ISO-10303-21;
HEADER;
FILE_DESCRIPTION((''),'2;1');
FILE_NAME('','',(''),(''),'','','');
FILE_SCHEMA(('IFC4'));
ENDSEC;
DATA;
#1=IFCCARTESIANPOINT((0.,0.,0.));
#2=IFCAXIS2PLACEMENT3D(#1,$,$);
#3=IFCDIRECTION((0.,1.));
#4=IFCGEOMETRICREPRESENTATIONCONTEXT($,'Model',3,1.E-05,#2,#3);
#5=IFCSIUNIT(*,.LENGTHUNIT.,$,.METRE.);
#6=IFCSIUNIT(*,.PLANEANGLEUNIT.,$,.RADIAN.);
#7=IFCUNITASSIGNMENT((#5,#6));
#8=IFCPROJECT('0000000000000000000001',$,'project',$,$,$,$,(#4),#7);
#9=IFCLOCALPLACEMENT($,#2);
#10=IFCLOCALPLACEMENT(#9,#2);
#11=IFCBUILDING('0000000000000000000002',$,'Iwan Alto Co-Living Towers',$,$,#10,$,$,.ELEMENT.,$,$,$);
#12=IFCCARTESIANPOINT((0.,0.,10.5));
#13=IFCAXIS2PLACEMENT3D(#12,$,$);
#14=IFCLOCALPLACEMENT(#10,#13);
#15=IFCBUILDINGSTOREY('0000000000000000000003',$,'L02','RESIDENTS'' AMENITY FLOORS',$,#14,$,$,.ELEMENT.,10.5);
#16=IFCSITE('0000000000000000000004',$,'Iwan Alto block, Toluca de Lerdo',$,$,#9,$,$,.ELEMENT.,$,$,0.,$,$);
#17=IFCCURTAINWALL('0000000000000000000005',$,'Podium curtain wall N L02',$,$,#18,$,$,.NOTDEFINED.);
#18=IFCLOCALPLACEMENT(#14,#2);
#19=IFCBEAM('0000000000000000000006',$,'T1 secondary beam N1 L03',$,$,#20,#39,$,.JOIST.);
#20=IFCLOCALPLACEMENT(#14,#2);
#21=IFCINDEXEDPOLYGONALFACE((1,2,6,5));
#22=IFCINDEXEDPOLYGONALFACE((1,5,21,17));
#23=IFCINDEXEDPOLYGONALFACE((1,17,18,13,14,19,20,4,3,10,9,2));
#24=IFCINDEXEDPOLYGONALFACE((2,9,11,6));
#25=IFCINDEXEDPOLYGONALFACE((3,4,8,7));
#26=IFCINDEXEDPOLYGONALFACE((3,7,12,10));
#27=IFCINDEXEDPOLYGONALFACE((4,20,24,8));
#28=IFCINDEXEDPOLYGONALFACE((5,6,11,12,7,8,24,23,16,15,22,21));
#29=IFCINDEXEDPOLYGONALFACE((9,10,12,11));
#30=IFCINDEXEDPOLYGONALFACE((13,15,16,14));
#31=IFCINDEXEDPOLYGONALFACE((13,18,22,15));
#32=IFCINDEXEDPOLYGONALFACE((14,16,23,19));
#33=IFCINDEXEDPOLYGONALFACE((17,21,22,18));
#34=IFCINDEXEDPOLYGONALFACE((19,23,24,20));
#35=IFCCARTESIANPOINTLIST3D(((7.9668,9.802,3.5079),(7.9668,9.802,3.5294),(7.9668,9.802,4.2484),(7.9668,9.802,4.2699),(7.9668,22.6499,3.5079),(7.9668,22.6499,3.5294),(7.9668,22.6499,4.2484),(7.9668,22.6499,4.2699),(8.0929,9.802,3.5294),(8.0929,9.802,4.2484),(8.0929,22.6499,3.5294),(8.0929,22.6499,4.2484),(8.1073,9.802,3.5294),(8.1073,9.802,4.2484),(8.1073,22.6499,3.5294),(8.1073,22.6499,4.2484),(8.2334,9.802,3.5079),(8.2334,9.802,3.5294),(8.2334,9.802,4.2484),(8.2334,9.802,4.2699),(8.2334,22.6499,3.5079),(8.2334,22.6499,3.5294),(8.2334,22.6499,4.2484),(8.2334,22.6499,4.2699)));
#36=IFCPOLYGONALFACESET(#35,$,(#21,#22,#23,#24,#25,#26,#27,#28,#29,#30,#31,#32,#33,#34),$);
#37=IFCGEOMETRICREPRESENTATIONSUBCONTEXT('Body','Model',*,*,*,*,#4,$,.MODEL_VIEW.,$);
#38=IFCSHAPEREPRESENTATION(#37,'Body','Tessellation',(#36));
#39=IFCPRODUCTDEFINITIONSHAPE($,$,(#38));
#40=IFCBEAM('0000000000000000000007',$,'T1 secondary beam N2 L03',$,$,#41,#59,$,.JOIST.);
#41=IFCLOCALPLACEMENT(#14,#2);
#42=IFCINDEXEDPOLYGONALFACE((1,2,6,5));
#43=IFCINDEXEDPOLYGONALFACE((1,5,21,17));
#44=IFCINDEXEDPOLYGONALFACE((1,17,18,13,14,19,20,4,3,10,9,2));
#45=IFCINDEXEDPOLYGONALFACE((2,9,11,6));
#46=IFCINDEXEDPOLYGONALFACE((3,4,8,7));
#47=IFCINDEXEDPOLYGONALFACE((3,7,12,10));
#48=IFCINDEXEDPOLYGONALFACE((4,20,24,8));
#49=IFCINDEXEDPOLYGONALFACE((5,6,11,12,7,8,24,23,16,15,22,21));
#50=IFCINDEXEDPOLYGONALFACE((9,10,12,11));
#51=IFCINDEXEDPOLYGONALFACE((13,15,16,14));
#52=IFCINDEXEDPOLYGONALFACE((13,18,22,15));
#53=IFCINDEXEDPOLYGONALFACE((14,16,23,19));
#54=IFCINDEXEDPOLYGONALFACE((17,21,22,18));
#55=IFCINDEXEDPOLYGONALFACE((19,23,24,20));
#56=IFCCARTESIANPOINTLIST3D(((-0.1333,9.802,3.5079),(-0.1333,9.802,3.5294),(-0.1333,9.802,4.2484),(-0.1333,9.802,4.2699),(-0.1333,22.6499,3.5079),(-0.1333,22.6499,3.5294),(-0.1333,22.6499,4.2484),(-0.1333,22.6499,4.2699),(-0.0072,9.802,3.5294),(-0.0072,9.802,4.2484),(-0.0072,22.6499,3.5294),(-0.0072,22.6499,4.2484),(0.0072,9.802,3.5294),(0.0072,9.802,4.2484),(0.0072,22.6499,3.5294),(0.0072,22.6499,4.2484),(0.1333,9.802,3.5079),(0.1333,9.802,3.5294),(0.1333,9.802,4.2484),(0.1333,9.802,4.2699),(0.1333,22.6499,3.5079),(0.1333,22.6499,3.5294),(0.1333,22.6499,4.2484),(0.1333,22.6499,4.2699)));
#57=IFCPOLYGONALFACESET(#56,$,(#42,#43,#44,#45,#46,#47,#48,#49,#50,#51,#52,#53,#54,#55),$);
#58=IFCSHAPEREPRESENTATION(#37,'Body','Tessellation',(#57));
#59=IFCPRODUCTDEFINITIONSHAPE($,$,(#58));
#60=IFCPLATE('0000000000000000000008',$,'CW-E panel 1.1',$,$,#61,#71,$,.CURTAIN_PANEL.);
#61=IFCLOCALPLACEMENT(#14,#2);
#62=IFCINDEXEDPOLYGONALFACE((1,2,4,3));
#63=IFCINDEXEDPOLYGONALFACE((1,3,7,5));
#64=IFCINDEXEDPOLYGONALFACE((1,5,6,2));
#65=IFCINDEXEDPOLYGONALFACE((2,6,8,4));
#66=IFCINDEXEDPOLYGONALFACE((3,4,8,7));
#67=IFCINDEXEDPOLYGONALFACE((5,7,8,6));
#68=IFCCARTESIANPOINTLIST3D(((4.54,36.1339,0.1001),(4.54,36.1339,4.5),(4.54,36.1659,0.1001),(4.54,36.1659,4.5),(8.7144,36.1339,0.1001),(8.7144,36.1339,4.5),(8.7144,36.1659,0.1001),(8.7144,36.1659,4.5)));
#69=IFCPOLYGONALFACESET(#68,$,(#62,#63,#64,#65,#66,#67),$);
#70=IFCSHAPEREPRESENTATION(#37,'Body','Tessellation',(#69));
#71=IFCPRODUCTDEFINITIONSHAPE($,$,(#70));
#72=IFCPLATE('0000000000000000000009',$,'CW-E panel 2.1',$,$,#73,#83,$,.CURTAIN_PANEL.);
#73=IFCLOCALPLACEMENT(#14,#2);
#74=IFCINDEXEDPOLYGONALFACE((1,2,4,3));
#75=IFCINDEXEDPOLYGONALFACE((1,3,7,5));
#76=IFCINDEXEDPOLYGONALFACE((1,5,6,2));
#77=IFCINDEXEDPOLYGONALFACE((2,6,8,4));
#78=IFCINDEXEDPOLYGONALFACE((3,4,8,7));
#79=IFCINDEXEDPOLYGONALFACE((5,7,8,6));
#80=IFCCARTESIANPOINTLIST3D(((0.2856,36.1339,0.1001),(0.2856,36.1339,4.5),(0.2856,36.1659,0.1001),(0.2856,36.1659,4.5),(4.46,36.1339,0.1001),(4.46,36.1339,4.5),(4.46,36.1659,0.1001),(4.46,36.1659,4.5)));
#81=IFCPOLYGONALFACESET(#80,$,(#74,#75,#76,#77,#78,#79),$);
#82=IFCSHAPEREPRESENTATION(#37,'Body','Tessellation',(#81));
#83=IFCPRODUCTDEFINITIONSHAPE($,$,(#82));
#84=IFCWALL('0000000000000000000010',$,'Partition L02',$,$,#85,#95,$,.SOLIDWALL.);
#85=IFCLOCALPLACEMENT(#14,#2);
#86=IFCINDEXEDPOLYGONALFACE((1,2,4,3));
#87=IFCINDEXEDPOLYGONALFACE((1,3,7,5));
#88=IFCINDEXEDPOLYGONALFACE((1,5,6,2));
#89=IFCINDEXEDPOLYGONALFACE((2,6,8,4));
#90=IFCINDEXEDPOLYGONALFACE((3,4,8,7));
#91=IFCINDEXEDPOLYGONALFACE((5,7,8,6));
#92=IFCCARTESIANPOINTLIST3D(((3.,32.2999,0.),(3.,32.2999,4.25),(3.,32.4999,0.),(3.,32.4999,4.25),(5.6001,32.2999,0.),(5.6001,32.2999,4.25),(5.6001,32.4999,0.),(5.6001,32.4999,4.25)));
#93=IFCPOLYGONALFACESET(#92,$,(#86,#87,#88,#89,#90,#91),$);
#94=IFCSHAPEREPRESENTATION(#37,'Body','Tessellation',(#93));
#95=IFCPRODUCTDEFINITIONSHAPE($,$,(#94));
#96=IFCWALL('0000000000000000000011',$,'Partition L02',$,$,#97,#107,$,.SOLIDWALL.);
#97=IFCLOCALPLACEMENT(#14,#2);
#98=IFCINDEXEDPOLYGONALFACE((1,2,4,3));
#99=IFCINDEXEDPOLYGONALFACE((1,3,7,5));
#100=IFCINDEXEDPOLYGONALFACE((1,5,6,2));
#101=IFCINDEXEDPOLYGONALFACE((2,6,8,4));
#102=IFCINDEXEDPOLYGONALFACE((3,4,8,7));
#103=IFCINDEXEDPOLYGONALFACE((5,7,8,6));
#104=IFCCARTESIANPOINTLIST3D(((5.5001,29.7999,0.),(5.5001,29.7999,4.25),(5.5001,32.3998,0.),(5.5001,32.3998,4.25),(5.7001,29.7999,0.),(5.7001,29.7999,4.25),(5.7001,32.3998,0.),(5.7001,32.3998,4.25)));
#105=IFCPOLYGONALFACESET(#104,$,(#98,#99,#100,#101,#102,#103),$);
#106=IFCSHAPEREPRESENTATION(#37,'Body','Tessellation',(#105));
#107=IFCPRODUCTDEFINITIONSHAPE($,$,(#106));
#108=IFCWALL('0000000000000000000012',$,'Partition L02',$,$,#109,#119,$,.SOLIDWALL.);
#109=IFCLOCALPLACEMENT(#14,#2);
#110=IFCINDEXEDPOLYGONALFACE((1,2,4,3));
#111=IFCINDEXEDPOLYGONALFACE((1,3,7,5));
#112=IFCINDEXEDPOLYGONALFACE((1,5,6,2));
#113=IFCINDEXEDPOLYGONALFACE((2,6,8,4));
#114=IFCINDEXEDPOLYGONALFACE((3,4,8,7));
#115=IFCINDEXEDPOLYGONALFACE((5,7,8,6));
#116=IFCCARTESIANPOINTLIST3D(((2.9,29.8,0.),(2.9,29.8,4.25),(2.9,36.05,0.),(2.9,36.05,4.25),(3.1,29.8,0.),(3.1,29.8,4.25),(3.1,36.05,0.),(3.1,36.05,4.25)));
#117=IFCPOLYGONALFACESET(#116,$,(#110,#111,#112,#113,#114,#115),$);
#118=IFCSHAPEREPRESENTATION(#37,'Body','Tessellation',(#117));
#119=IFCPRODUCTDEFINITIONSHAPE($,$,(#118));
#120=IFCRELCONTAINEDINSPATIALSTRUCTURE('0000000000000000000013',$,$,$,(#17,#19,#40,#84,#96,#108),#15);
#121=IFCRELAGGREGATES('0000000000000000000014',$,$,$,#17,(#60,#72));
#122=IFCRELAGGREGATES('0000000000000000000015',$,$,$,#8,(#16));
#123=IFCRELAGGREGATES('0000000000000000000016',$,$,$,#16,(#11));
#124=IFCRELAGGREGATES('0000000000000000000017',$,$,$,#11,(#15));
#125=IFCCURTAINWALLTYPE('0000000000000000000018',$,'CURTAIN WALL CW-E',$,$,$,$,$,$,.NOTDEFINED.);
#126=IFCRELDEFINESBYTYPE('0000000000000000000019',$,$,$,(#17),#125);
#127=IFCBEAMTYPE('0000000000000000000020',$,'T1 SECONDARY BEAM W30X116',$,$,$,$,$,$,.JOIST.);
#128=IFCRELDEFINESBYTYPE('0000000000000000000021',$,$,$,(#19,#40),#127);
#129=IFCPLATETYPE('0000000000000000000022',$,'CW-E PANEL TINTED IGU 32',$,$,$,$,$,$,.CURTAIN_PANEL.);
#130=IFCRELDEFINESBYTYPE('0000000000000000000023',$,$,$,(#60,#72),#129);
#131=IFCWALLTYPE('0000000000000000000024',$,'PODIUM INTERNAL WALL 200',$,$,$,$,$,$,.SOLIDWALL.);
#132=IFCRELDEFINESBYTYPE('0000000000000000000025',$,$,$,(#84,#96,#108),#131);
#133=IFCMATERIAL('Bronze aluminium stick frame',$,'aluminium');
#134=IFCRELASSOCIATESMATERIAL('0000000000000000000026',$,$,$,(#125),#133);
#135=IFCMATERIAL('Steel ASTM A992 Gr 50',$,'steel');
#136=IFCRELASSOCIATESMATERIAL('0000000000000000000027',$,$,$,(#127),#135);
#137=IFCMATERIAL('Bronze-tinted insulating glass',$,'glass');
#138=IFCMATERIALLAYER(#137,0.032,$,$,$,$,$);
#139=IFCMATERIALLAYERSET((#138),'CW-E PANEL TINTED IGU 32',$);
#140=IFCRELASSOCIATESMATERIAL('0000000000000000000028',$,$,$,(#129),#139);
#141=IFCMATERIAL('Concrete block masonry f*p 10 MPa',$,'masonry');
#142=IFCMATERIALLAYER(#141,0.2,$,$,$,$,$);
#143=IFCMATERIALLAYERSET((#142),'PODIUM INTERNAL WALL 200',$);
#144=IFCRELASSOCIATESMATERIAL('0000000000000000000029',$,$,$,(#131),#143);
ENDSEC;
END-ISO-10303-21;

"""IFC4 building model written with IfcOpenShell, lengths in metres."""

from ifc_helpers import new_model, si_unit, direction, frame, frame_2d, origin, origin_2d, place, context, subcontext, project, spatial, rectangle, i_section, extrude, material, layer, layer_set, material_profile, profile_set, type_object, element, aggregate, save


model = new_model("IFC4")

# Units and contexts
model_context = context("Model", 3, precision=1e-05, world=origin(), true_north=direction((0.0, 1.0)))
body_context = subcontext(model_context, "Body", "Model", "MODEL_VIEW")
ifc_project = project(units=[si_unit("LENGTHUNIT", "METRE"), si_unit("PLANEANGLEUNIT", "RADIAN")], contexts=[model_context])

# Site, building, storey
site_placement = place(None, origin())
site = spatial("IfcSite", under=ifc_project, at=site_placement, Name="Iwan Alto block, Toluca de Lerdo", CompositionType="ELEMENT", RefElevation=0.0)
building_placement = place(site_placement, origin())
building = spatial("IfcBuilding", under=site, at=building_placement, Name="Iwan Alto Co-Living Towers", CompositionType="ELEMENT")
storey_placement = place(building_placement, frame((0.0, 0.0, 10.5)))
storey = spatial("IfcBuildingStorey", under=building, at=storey_placement, Name="L02", Description="RESIDENTS' AMENITY FLOORS", CompositionType="ELEMENT", Elevation=10.5)

# Shared definitions
ifc_material_1 = material(Name="Bronze aluminium stick frame", Category="aluminium")
curtain_wall_type = type_object("IfcCurtainWallType", Name="CURTAIN WALL CW-E", PredefinedType="NOTDEFINED", material=ifc_material_1)

# Curtain wall
curtain_wall_1_placement = place(storey_placement, origin())
curtain_wall_1 = element("IfcCurtainWall", 1, at=curtain_wall_1_placement, inside=storey, type_object=curtain_wall_type, Name="Podium curtain wall N L02", PredefinedType="NOTDEFINED")

# Beams
ifc_material_2 = material(Name="Steel ASTM A992 Gr 50", Category="steel")
ifc_material_profile_1 = material_profile(ifc_material_2, i_section(OverallWidth=0.2666, OverallDepth=0.762, WebThickness=0.0144, FlangeThickness=0.0215, at=origin_2d()), Name="W30X116")
ifc_profile_set_1 = profile_set([ifc_material_profile_1], Name="Steel ASTM A992 Gr 50")
beam_type_1 = type_object("IfcBeamType", Name="T1 SECONDARY BEAM W30X116", PredefinedType="JOIST", material=ifc_profile_set_1)
for number, where, z_axis, x_axis, name in (
    (2, (8.1001, 22.6499, 3.8889), (0.0, -1.0, 0.0), (1.0, 0.0, 0.0), "T1 secondary beam N1 L03"),
    (3, (0.0, 22.6499, 3.8889), (0.0, -1.0, 0.0), (1.0, 0.0, 0.0), "T1 secondary beam N2 L03"),
):
    element("IfcBeam", number, at=place(storey_placement, frame(where, z_axis=z_axis, x_axis=x_axis)), inside=storey, type_object=beam_type_1, Name=name, PredefinedType="JOIST", context=body_context, shape_type="SweptSolid", body=[
        extrude(i_section(OverallWidth=0.2666, OverallDepth=0.762, WebThickness=0.0144, FlangeThickness=0.0215, at=origin_2d()), origin(), (0.0, 0.0, 1.0), 12.8479),
    ])

# Plates
ifc_material_3 = material(Name="Bronze-tinted insulating glass", Category="glass")
ifc_layer_1 = layer(ifc_material_3, 0.032)
ifc_layer_set_1 = layer_set([ifc_layer_1], Name="CW-E PANEL TINTED IGU 32")
plate_type = type_object("IfcPlateType", Name="CW-E PANEL TINTED IGU 32", PredefinedType="CURTAIN_PANEL", material=ifc_layer_set_1)
plate_1_placement = place(storey_placement, frame((6.6272, 36.1499, 0.1001), z_axis=(0.0, 0.0, 1.0), x_axis=(-1.0, 0.0, 0.0)))
plate_1 = element("IfcPlate", 4, at=plate_1_placement, type_object=plate_type, Name="CW-E panel 1.1", PredefinedType="CURTAIN_PANEL", context=body_context, shape_type="SweptSolid", body=[
    extrude(rectangle(XDim=4.1743, YDim=0.032, at=origin_2d()), origin(), (0.0, 0.0, 1.0), 4.3999),
])
plate_2_placement = place(storey_placement, frame((2.3728, 36.1499, 0.1001), z_axis=(0.0, 0.0, 1.0), x_axis=(-1.0, 0.0, 0.0)))
plate_2 = element("IfcPlate", 5, at=plate_2_placement, type_object=plate_type, Name="CW-E panel 2.1", PredefinedType="CURTAIN_PANEL", context=body_context, shape_type="SweptSolid", body=[
    extrude(rectangle(XDim=4.1743, YDim=0.032, at=origin_2d()), origin(), (0.0, 0.0, 1.0), 4.3999),
])
aggregate(curtain_wall_1, [plate_1, plate_2])

# Walls
ifc_material_4 = material(Name="Concrete block masonry f*p 10 MPa", Category="masonry")
ifc_layer_2 = layer(ifc_material_4, 0.2)
ifc_layer_set_2 = layer_set([ifc_layer_2], Name="PODIUM INTERNAL WALL 200")
wall_type = type_object("IfcWallType", Name="PODIUM INTERNAL WALL 200", PredefinedType="SOLIDWALL", material=ifc_layer_set_2)
wall_1_placement = place(storey_placement, frame((3.0, 32.3999, 0.0), z_axis=(0.0, 0.0, 1.0), x_axis=(1.0, 0.0, 0.0)))
element("IfcWall", 6, at=wall_1_placement, inside=storey, type_object=wall_type, Name="Partition L02", PredefinedType="SOLIDWALL", context=body_context, shape_type="SweptSolid", body=[
    extrude(rectangle(XDim=2.6001, YDim=0.2, at=frame_2d((1.3, 0.0))), origin(), (0.0, 0.0, 1.0), 4.25),
])
wall_2_placement = place(storey_placement, frame((5.6001, 29.8, 0.0), z_axis=(0.0, 0.0, 1.0), x_axis=(0.0, 1.0, 0.0)))
element("IfcWall", 7, at=wall_2_placement, inside=storey, type_object=wall_type, Name="Partition L02", PredefinedType="SOLIDWALL", context=body_context, shape_type="SweptSolid", body=[
    extrude(rectangle(XDim=2.5999, YDim=0.2, at=frame_2d((1.2998, 0.0))), origin(), (0.0, 0.0, 1.0), 4.25),
])
wall_3_placement = place(storey_placement, frame((3.0, 29.8, 0.0), z_axis=(0.0, 0.0, 1.0), x_axis=(0.0, 1.0, 0.0)))
element("IfcWall", 8, at=wall_3_placement, inside=storey, type_object=wall_type, Name="Partition L02", PredefinedType="SOLIDWALL", context=body_context, shape_type="SweptSolid", body=[
    extrude(rectangle(XDim=6.25, YDim=0.2, at=frame_2d((3.125, 0.0))), origin(), (0.0, 0.0, 1.0), 4.25),
])

save(model, "model.ifc")
